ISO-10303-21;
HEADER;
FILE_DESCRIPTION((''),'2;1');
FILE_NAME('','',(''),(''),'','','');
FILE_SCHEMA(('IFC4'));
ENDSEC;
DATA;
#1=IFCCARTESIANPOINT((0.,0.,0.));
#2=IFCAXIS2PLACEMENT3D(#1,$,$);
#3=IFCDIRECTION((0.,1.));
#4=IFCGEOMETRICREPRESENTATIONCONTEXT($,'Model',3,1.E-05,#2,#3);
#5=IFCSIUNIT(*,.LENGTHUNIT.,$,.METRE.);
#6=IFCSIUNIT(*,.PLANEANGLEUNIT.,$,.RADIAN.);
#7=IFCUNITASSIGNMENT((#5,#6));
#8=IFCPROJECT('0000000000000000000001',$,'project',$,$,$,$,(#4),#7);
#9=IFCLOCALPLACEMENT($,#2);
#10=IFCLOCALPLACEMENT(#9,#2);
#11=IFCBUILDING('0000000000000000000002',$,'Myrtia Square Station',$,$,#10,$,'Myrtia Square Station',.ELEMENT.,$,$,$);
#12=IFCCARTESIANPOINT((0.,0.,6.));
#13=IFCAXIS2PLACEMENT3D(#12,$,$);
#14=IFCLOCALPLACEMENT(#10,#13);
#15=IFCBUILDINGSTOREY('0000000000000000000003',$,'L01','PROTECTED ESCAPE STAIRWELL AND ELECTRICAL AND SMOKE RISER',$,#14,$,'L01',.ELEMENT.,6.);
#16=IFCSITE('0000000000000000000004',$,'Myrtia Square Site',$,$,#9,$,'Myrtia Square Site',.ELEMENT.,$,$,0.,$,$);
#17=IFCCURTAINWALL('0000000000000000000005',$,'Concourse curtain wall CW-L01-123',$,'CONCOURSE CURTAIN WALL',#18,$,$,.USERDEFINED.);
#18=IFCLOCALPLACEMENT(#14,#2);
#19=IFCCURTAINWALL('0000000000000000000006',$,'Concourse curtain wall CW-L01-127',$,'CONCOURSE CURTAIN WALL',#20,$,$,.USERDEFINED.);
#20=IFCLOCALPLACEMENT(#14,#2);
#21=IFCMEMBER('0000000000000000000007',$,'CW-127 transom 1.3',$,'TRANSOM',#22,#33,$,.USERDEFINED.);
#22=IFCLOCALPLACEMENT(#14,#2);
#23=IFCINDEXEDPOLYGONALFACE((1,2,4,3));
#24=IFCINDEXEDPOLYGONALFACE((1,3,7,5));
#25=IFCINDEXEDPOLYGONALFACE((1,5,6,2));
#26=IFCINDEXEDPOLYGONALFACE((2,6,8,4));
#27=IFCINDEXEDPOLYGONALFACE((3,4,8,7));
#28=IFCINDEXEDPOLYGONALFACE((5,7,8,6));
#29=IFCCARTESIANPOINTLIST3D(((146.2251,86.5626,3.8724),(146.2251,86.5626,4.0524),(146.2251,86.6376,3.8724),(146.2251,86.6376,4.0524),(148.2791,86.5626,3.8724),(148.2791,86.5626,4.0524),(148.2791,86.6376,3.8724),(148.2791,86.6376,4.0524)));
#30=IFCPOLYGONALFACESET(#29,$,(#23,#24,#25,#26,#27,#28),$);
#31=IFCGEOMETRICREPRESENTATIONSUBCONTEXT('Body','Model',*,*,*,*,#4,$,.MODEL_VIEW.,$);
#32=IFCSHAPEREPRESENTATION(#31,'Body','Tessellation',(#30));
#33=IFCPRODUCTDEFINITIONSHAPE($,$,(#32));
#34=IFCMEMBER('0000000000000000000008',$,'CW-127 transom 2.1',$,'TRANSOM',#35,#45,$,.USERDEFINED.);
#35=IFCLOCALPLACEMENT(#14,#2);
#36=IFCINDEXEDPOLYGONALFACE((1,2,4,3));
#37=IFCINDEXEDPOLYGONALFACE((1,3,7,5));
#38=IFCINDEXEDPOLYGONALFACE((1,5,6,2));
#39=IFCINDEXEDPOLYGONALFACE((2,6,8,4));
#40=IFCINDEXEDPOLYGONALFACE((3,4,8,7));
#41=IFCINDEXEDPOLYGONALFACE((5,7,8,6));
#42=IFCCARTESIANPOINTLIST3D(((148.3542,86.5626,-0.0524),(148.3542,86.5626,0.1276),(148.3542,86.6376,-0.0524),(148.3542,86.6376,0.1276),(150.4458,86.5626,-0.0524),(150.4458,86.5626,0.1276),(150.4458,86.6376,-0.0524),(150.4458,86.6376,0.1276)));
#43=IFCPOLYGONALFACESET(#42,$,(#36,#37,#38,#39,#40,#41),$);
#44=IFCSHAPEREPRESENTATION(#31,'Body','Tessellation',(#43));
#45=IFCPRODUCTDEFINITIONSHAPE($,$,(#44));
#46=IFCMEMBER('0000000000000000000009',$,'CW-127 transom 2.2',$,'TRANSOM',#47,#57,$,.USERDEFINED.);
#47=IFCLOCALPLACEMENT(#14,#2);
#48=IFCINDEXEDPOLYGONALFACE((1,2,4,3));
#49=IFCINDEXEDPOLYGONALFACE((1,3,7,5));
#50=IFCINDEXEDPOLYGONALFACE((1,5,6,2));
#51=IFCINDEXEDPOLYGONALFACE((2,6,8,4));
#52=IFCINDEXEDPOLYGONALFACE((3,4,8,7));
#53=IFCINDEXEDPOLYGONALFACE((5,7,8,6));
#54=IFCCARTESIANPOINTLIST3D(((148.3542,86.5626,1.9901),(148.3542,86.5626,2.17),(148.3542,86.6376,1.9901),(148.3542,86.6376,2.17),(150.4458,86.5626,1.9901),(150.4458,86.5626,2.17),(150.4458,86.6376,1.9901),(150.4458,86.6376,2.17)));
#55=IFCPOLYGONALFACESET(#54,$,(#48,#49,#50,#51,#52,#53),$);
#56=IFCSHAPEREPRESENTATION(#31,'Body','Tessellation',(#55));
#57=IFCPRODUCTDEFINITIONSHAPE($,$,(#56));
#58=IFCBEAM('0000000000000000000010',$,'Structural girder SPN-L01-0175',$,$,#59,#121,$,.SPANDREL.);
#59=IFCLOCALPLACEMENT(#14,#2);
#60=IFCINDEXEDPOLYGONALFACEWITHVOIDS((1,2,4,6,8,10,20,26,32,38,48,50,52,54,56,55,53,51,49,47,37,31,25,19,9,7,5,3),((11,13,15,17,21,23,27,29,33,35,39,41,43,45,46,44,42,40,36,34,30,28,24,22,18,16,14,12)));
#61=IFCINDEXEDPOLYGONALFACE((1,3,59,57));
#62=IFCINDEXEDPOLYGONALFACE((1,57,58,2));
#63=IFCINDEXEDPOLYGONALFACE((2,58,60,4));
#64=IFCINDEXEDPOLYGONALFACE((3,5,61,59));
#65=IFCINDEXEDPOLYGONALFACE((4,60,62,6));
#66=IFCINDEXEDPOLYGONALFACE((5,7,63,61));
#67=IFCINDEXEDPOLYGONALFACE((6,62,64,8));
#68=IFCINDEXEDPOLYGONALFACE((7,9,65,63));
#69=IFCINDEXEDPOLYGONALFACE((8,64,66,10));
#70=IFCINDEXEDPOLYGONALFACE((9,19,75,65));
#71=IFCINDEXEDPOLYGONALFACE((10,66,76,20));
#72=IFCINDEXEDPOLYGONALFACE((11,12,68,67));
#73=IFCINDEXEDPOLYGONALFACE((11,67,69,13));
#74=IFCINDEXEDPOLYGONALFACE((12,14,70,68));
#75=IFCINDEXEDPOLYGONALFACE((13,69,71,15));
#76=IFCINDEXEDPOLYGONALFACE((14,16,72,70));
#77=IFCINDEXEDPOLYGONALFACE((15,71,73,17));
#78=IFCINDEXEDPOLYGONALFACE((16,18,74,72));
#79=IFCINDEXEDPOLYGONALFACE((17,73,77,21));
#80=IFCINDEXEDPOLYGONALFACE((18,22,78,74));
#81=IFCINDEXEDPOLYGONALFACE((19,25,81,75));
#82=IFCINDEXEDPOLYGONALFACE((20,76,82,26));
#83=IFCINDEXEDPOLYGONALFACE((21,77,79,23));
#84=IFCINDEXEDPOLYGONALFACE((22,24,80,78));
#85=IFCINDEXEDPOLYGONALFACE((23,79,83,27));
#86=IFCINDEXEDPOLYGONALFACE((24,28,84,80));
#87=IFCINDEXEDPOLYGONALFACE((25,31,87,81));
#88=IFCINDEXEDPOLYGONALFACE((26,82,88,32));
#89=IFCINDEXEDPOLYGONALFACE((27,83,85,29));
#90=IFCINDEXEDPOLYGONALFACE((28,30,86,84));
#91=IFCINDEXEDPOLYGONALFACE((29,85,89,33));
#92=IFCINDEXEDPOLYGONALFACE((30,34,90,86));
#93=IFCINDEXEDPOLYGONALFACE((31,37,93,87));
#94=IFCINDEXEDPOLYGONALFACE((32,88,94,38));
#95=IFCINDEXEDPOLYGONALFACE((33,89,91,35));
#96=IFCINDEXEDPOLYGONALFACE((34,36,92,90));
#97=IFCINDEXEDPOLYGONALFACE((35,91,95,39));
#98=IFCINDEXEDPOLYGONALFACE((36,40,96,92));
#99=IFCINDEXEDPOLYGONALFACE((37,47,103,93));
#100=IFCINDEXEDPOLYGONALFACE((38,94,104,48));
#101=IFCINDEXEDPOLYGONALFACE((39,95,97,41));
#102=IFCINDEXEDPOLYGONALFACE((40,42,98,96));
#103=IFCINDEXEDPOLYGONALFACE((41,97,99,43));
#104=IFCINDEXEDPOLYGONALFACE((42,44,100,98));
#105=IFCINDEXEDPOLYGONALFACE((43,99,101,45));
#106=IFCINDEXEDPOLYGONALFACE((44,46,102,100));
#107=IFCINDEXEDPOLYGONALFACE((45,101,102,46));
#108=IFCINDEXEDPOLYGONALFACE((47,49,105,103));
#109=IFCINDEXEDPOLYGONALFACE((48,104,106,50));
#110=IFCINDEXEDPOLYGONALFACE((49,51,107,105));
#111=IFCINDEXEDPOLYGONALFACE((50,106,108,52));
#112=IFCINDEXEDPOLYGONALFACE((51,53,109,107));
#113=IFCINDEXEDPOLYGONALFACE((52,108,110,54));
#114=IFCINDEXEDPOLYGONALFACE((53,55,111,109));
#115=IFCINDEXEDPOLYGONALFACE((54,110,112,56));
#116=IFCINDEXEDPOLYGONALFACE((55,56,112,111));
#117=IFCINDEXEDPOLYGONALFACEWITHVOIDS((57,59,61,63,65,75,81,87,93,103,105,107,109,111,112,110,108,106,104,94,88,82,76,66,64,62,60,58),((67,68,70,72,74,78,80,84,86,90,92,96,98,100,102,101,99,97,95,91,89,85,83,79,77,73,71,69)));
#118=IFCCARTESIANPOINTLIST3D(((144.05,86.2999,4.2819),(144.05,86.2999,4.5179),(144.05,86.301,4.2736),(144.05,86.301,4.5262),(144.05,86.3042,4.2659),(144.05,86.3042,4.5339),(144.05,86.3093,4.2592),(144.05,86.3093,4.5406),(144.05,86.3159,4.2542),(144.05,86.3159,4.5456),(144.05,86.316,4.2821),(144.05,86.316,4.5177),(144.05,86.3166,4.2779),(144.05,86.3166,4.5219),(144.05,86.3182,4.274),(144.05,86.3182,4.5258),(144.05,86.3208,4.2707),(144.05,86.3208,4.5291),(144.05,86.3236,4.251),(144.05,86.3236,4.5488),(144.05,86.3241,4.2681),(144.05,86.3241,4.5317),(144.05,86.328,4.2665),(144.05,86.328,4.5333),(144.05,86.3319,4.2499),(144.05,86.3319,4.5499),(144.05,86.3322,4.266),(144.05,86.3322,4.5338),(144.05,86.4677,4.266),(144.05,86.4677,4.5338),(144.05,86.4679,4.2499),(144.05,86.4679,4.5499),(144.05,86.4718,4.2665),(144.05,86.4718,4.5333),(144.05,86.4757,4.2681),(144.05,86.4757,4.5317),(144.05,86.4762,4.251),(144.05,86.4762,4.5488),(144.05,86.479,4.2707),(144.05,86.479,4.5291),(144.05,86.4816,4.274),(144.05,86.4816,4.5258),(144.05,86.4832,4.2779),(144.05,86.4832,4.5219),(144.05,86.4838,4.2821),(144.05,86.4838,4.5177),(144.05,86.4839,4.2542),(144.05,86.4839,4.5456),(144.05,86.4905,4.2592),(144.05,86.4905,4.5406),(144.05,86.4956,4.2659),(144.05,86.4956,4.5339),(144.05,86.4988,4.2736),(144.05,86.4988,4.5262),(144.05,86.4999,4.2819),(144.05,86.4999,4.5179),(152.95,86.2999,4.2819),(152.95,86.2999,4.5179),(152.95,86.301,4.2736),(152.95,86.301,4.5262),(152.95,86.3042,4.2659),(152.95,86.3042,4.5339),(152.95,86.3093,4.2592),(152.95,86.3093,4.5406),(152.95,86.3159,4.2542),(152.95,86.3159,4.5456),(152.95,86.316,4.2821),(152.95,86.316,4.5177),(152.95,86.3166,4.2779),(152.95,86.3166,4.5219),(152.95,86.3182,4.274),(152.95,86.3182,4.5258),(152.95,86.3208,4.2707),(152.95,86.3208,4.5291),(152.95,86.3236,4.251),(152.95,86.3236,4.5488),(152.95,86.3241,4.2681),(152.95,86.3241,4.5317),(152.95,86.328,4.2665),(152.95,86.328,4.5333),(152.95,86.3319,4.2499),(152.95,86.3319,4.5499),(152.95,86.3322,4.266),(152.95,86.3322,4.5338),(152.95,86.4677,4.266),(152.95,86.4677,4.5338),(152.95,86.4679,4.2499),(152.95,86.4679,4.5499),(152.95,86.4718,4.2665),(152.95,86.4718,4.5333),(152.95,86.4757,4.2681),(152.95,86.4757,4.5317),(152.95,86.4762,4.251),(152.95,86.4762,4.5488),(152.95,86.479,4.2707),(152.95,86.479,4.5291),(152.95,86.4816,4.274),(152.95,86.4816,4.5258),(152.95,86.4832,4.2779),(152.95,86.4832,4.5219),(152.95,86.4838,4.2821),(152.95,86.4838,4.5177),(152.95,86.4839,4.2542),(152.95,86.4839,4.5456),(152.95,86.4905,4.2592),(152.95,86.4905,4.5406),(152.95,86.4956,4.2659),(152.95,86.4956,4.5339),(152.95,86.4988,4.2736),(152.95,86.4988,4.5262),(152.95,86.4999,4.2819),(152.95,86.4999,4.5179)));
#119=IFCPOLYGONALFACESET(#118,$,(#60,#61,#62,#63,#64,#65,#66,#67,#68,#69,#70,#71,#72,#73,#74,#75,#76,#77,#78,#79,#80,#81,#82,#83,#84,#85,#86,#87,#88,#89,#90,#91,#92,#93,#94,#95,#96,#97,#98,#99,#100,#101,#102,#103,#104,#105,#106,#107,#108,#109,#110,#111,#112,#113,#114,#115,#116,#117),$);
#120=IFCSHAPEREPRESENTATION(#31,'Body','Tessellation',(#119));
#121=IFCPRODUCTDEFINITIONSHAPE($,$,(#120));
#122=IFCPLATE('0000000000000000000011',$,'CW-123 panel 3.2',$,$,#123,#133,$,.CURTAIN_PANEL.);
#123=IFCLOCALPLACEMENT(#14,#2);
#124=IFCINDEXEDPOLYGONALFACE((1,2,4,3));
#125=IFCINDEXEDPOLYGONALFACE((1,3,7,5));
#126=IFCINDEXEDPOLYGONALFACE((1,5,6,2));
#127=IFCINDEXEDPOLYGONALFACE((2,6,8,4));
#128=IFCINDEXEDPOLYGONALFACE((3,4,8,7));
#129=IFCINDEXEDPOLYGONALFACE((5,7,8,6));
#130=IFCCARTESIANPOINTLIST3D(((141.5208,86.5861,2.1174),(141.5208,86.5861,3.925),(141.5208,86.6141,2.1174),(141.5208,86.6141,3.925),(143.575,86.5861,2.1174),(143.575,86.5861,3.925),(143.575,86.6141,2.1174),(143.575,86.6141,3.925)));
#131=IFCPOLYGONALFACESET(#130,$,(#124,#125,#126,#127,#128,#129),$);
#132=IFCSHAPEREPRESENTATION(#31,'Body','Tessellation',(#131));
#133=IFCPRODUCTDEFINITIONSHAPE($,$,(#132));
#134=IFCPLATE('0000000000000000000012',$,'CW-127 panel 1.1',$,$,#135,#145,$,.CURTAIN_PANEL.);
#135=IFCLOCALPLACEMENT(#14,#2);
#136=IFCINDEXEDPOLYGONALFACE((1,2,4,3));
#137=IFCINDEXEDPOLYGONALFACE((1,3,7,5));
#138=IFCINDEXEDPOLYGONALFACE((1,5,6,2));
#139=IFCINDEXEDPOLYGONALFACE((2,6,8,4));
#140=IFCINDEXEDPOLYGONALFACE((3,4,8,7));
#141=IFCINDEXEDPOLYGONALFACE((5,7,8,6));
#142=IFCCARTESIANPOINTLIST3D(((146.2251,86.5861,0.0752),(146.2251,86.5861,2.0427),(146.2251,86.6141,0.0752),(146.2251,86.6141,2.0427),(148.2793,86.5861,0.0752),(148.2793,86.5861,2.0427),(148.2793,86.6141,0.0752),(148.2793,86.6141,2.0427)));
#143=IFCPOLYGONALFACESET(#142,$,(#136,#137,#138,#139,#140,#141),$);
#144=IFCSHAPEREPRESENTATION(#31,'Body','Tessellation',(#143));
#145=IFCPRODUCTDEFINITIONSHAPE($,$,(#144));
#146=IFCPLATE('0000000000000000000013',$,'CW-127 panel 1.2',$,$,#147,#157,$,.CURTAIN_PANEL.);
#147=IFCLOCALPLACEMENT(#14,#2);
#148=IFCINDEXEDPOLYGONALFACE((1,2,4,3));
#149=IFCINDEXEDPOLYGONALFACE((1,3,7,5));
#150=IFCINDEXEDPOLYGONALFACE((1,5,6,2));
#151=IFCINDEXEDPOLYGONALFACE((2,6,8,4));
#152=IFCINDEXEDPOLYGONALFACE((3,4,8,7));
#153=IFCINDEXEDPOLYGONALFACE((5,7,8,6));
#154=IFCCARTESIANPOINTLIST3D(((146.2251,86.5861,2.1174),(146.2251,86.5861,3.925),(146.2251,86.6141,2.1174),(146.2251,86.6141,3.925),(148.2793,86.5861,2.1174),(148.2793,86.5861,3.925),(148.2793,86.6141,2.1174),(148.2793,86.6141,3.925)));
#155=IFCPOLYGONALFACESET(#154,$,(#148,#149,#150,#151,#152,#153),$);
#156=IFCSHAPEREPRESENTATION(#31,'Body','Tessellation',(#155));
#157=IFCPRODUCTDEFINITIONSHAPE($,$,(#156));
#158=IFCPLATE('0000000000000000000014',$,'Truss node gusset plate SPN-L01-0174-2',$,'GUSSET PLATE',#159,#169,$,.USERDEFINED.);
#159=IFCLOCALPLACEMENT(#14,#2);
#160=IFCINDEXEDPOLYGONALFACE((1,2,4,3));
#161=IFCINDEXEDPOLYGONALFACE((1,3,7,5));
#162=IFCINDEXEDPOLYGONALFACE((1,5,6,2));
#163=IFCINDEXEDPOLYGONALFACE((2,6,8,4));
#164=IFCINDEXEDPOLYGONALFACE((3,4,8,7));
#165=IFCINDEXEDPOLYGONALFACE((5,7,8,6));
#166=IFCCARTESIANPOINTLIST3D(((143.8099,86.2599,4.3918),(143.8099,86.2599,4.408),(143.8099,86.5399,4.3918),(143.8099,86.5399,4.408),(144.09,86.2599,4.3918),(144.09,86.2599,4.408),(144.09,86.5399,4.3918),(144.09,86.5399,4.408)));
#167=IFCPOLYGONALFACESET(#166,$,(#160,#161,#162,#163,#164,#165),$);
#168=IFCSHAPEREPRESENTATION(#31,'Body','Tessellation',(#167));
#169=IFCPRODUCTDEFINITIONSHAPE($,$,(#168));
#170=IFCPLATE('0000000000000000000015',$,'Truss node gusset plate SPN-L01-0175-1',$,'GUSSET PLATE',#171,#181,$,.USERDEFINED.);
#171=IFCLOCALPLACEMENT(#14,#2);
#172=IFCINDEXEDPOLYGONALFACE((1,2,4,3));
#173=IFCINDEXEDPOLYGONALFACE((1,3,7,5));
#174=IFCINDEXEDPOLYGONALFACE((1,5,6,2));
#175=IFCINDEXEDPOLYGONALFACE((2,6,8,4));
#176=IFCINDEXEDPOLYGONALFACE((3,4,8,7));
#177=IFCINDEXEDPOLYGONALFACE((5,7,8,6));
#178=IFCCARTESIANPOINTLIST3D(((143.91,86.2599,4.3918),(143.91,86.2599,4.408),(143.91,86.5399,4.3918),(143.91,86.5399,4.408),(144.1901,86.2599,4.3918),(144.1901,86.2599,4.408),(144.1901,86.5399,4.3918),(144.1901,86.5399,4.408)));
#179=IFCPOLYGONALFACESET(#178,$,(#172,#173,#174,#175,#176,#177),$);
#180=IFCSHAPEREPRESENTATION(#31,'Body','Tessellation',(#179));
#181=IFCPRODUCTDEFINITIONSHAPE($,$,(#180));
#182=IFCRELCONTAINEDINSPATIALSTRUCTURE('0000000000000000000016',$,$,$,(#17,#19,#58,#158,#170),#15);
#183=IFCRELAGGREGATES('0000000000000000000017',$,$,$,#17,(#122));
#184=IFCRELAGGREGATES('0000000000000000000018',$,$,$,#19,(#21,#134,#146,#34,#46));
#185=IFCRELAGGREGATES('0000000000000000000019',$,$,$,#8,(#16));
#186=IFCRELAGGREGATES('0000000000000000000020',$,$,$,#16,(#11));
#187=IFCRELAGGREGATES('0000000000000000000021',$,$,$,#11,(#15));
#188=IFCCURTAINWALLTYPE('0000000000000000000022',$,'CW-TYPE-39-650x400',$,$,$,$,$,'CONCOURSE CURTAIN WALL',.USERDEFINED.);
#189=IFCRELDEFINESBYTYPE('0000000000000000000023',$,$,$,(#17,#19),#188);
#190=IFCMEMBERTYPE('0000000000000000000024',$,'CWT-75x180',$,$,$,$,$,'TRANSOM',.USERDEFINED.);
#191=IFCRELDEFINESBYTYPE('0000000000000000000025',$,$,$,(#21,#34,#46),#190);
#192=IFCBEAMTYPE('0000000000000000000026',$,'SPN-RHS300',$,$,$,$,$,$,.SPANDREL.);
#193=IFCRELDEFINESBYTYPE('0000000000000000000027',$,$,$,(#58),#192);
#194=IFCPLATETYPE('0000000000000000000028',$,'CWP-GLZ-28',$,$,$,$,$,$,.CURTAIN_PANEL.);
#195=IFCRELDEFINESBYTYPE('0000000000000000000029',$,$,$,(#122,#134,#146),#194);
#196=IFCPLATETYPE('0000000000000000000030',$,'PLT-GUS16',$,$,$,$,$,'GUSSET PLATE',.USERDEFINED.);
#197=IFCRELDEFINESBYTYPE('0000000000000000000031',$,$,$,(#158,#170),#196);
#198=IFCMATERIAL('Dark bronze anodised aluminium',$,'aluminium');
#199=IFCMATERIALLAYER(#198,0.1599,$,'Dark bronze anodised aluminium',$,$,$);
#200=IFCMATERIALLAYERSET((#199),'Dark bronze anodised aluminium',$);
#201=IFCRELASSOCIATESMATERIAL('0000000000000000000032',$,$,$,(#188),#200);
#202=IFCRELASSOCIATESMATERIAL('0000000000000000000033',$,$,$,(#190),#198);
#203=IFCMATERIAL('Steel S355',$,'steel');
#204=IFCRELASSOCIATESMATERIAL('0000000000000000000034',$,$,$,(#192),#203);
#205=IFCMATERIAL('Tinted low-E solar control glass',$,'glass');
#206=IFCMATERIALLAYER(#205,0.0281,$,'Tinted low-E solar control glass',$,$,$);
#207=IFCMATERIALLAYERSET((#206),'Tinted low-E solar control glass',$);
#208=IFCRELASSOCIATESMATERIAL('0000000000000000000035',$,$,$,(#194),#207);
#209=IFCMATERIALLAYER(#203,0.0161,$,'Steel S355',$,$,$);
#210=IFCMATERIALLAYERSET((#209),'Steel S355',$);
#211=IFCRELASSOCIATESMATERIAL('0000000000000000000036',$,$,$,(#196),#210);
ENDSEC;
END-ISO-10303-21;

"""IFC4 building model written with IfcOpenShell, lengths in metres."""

from ifc_helpers import new_model, si_unit, direction, frame, origin, origin_2d, place, context, subcontext, project, spatial, rectangle, hollow_rectangle, extrude, material, layer, layer_set, material_profile, profile_set, type_object, element, aggregate, save


model = new_model("IFC4")

# Units and contexts
model_context = context("Model", 3, precision=1e-05, world=origin(), true_north=direction((0.0, 1.0)))
body_context = subcontext(model_context, "Body", "Model", "MODEL_VIEW")
ifc_project = project(units=[si_unit("LENGTHUNIT", "METRE"), si_unit("PLANEANGLEUNIT", "RADIAN")], contexts=[model_context])

# Site, building, storey
site_placement = place(None, origin())
site = spatial("IfcSite", under=ifc_project, at=site_placement, Name="Myrtia Square Site", LongName="Myrtia Square Site", CompositionType="ELEMENT", RefElevation=0.0)
building_placement = place(site_placement, origin())
building = spatial("IfcBuilding", under=site, at=building_placement, Name="Myrtia Square Station", LongName="Myrtia Square Station", CompositionType="ELEMENT")
storey_placement = place(building_placement, frame((0.0, 0.0, 6.0)))
storey = spatial("IfcBuildingStorey", under=building, at=storey_placement, Name="L01", Description="PROTECTED ESCAPE STAIRWELL AND ELECTRICAL AND SMOKE RISER", LongName="L01", CompositionType="ELEMENT", Elevation=6.0)

# Shared definitions
ifc_material_1 = material(Name="Steel S355", Category="steel")

# Curtain wall
ifc_material_2 = material(Name="Dark bronze anodised aluminium", Category="aluminium")
ifc_layer_1 = layer(ifc_material_2, 0.1599, Name="Dark bronze anodised aluminium")
ifc_layer_set_1 = layer_set([ifc_layer_1], Name="Dark bronze anodised aluminium")
curtain_wall_type = type_object("IfcCurtainWallType", Name="CW-TYPE-39-650x400", ElementType="CONCOURSE CURTAIN WALL", PredefinedType="USERDEFINED", material=ifc_layer_set_1)
curtain_wall_1_placement = place(storey_placement, origin())
curtain_wall_1 = element("IfcCurtainWall", 1, at=curtain_wall_1_placement, inside=storey, type_object=curtain_wall_type, Name="Concourse curtain wall CW-L01-123", ObjectType="CONCOURSE CURTAIN WALL", PredefinedType="USERDEFINED")

# Curtain wall, members
curtain_wall_2_placement = place(storey_placement, origin())
curtain_wall_2 = element("IfcCurtainWall", 2, at=curtain_wall_2_placement, inside=storey, type_object=curtain_wall_type, Name="Concourse curtain wall CW-L01-127", ObjectType="CONCOURSE CURTAIN WALL", PredefinedType="USERDEFINED")
ifc_material_profile_1 = material_profile(ifc_material_2, rectangle(XDim=0.075, YDim=0.1799, at=origin_2d()), Name="ALU-T 75x180")
ifc_profile_set_1 = profile_set([ifc_material_profile_1], Name="Dark bronze anodised aluminium")
member_type_1 = type_object("IfcMemberType", Name="CWT-75x180", ElementType="TRANSOM", PredefinedType="USERDEFINED", material=ifc_profile_set_1)
member_1_placement = place(storey_placement, frame((146.2251, 86.6001, 3.9624), z_axis=(1.0, 0.0, 0.0), x_axis=(0.0, 1.0, 0.0)))
member_1 = element("IfcMember", 3, at=member_1_placement, type_object=member_type_1, Name="CW-127 transom 1.3", ObjectType="TRANSOM", PredefinedType="USERDEFINED", context=body_context, shape_type="SweptSolid", body=[
    extrude(rectangle(XDim=0.075, YDim=0.1799, at=origin_2d()), origin(), (0.0, 0.0, 1.0), 2.054),
])
member_2_placement = place(storey_placement, frame((148.3542, 86.6001, 0.0376), z_axis=(1.0, 0.0, 0.0), x_axis=(0.0, 1.0, 0.0)))
member_2 = element("IfcMember", 4, at=member_2_placement, type_object=member_type_1, Name="CW-127 transom 2.1", ObjectType="TRANSOM", PredefinedType="USERDEFINED", context=body_context, shape_type="SweptSolid", body=[
    extrude(rectangle(XDim=0.075, YDim=0.1799, at=origin_2d()), origin(), (0.0, 0.0, 1.0), 2.0916),
])
member_3_placement = place(storey_placement, frame((148.3542, 86.6001, 2.0801), z_axis=(1.0, 0.0, 0.0), x_axis=(0.0, 1.0, 0.0)))
member_3 = element("IfcMember", 5, at=member_3_placement, type_object=member_type_1, Name="CW-127 transom 2.2", ObjectType="TRANSOM", PredefinedType="USERDEFINED", context=body_context, shape_type="SweptSolid", body=[
    extrude(rectangle(XDim=0.075, YDim=0.1799, at=origin_2d()), origin(), (0.0, 0.0, 1.0), 2.0916),
])

# Beam
ifc_material_profile_2 = material_profile(ifc_material_1, hollow_rectangle(XDim=0.2, YDim=0.3, WallThickness=0.0161, InnerFilletRadius=0.0161, OuterFilletRadius=0.032, at=origin_2d()), Name="RHS 300x200x16")
ifc_profile_set_2 = profile_set([ifc_material_profile_2], Name="Steel S355")
beam_type_1 = type_object("IfcBeamType", Name="SPN-RHS300", PredefinedType="SPANDREL", material=ifc_profile_set_2)
beam_1_placement = place(storey_placement, frame((144.05, 86.3999, 4.3999), z_axis=(1.0, 0.0, 0.0), x_axis=(0.0, 1.0, 0.0)))
element("IfcBeam", 6, at=beam_1_placement, inside=storey, type_object=beam_type_1, Name="Structural girder SPN-L01-0175", PredefinedType="SPANDREL", context=body_context, shape_type="SweptSolid", body=[
    extrude(hollow_rectangle(XDim=0.2, YDim=0.3, WallThickness=0.0161, InnerFilletRadius=0.0161, OuterFilletRadius=0.032, at=origin_2d()), origin(), (0.0, 0.0, 1.0), 8.8999),
])

# Plates
ifc_material_3 = material(Name="Tinted low-E solar control glass", Category="glass")
ifc_layer_2 = layer(ifc_material_3, 0.0281, Name="Tinted low-E solar control glass")
ifc_layer_set_2 = layer_set([ifc_layer_2], Name="Tinted low-E solar control glass")
plate_type_1 = type_object("IfcPlateType", Name="CWP-GLZ-28", PredefinedType="CURTAIN_PANEL", material=ifc_layer_set_2)
plate_1_placement = place(storey_placement, frame((142.5479, 86.6001, 2.1174), z_axis=(0.0, 0.0, 1.0), x_axis=(1.0, 0.0, 0.0)))
plate_1 = element("IfcPlate", 7, at=plate_1_placement, type_object=plate_type_1, Name="CW-123 panel 3.2", PredefinedType="CURTAIN_PANEL", context=body_context, shape_type="SweptSolid", body=[
    extrude(rectangle(XDim=2.0542, YDim=0.0281, at=origin_2d()), origin(), (0.0, 0.0, 1.0), 1.8076),
])
aggregate(curtain_wall_1, [plate_1])
plate_2_placement = place(storey_placement, frame((147.2522, 86.6001, 0.0752), z_axis=(0.0, 0.0, 1.0), x_axis=(1.0, 0.0, 0.0)))
plate_2 = element("IfcPlate", 8, at=plate_2_placement, type_object=plate_type_1, Name="CW-127 panel 1.1", PredefinedType="CURTAIN_PANEL", context=body_context, shape_type="SweptSolid", body=[
    extrude(rectangle(XDim=2.0542, YDim=0.0281, at=origin_2d()), origin(), (0.0, 0.0, 1.0), 1.9675),
])
plate_3_placement = place(storey_placement, frame((147.2522, 86.6001, 2.1174), z_axis=(0.0, 0.0, 1.0), x_axis=(1.0, 0.0, 0.0)))
plate_3 = element("IfcPlate", 9, at=plate_3_placement, type_object=plate_type_1, Name="CW-127 panel 1.2", PredefinedType="CURTAIN_PANEL", context=body_context, shape_type="SweptSolid", body=[
    extrude(rectangle(XDim=2.0542, YDim=0.0281, at=origin_2d()), origin(), (0.0, 0.0, 1.0), 1.8076),
])
aggregate(curtain_wall_2, [member_1, plate_2, plate_3, member_2, member_3])

# Plates
ifc_layer_3 = layer(ifc_material_1, 0.0161, Name="Steel S355")
ifc_layer_set_3 = layer_set([ifc_layer_3], Name="Steel S355")
plate_type_2 = type_object("IfcPlateType", Name="PLT-GUS16", ElementType="GUSSET PLATE", PredefinedType="USERDEFINED", material=ifc_layer_set_3)
for number, where, z_axis, x_axis, name in (
    (10, (143.95, 86.3999, 4.3918), (0.0, 0.0, 1.0), (1.0, 0.0, 0.0), "Truss node gusset plate SPN-L01-0174-2"),
    (11, (144.05, 86.3999, 4.3918), (0.0, 0.0, 1.0), (1.0, 0.0, 0.0), "Truss node gusset plate SPN-L01-0175-1"),
):
    element("IfcPlate", number, at=place(storey_placement, frame(where, z_axis=z_axis, x_axis=x_axis)), inside=storey, type_object=plate_type_2, Name=name, ObjectType="GUSSET PLATE", PredefinedType="USERDEFINED", context=body_context, shape_type="SweptSolid", body=[
        extrude(rectangle(XDim=0.28, YDim=0.28, at=origin_2d()), origin(), (0.0, 0.0, 1.0), 0.0161),
    ])

save(model, "model.ifc")
